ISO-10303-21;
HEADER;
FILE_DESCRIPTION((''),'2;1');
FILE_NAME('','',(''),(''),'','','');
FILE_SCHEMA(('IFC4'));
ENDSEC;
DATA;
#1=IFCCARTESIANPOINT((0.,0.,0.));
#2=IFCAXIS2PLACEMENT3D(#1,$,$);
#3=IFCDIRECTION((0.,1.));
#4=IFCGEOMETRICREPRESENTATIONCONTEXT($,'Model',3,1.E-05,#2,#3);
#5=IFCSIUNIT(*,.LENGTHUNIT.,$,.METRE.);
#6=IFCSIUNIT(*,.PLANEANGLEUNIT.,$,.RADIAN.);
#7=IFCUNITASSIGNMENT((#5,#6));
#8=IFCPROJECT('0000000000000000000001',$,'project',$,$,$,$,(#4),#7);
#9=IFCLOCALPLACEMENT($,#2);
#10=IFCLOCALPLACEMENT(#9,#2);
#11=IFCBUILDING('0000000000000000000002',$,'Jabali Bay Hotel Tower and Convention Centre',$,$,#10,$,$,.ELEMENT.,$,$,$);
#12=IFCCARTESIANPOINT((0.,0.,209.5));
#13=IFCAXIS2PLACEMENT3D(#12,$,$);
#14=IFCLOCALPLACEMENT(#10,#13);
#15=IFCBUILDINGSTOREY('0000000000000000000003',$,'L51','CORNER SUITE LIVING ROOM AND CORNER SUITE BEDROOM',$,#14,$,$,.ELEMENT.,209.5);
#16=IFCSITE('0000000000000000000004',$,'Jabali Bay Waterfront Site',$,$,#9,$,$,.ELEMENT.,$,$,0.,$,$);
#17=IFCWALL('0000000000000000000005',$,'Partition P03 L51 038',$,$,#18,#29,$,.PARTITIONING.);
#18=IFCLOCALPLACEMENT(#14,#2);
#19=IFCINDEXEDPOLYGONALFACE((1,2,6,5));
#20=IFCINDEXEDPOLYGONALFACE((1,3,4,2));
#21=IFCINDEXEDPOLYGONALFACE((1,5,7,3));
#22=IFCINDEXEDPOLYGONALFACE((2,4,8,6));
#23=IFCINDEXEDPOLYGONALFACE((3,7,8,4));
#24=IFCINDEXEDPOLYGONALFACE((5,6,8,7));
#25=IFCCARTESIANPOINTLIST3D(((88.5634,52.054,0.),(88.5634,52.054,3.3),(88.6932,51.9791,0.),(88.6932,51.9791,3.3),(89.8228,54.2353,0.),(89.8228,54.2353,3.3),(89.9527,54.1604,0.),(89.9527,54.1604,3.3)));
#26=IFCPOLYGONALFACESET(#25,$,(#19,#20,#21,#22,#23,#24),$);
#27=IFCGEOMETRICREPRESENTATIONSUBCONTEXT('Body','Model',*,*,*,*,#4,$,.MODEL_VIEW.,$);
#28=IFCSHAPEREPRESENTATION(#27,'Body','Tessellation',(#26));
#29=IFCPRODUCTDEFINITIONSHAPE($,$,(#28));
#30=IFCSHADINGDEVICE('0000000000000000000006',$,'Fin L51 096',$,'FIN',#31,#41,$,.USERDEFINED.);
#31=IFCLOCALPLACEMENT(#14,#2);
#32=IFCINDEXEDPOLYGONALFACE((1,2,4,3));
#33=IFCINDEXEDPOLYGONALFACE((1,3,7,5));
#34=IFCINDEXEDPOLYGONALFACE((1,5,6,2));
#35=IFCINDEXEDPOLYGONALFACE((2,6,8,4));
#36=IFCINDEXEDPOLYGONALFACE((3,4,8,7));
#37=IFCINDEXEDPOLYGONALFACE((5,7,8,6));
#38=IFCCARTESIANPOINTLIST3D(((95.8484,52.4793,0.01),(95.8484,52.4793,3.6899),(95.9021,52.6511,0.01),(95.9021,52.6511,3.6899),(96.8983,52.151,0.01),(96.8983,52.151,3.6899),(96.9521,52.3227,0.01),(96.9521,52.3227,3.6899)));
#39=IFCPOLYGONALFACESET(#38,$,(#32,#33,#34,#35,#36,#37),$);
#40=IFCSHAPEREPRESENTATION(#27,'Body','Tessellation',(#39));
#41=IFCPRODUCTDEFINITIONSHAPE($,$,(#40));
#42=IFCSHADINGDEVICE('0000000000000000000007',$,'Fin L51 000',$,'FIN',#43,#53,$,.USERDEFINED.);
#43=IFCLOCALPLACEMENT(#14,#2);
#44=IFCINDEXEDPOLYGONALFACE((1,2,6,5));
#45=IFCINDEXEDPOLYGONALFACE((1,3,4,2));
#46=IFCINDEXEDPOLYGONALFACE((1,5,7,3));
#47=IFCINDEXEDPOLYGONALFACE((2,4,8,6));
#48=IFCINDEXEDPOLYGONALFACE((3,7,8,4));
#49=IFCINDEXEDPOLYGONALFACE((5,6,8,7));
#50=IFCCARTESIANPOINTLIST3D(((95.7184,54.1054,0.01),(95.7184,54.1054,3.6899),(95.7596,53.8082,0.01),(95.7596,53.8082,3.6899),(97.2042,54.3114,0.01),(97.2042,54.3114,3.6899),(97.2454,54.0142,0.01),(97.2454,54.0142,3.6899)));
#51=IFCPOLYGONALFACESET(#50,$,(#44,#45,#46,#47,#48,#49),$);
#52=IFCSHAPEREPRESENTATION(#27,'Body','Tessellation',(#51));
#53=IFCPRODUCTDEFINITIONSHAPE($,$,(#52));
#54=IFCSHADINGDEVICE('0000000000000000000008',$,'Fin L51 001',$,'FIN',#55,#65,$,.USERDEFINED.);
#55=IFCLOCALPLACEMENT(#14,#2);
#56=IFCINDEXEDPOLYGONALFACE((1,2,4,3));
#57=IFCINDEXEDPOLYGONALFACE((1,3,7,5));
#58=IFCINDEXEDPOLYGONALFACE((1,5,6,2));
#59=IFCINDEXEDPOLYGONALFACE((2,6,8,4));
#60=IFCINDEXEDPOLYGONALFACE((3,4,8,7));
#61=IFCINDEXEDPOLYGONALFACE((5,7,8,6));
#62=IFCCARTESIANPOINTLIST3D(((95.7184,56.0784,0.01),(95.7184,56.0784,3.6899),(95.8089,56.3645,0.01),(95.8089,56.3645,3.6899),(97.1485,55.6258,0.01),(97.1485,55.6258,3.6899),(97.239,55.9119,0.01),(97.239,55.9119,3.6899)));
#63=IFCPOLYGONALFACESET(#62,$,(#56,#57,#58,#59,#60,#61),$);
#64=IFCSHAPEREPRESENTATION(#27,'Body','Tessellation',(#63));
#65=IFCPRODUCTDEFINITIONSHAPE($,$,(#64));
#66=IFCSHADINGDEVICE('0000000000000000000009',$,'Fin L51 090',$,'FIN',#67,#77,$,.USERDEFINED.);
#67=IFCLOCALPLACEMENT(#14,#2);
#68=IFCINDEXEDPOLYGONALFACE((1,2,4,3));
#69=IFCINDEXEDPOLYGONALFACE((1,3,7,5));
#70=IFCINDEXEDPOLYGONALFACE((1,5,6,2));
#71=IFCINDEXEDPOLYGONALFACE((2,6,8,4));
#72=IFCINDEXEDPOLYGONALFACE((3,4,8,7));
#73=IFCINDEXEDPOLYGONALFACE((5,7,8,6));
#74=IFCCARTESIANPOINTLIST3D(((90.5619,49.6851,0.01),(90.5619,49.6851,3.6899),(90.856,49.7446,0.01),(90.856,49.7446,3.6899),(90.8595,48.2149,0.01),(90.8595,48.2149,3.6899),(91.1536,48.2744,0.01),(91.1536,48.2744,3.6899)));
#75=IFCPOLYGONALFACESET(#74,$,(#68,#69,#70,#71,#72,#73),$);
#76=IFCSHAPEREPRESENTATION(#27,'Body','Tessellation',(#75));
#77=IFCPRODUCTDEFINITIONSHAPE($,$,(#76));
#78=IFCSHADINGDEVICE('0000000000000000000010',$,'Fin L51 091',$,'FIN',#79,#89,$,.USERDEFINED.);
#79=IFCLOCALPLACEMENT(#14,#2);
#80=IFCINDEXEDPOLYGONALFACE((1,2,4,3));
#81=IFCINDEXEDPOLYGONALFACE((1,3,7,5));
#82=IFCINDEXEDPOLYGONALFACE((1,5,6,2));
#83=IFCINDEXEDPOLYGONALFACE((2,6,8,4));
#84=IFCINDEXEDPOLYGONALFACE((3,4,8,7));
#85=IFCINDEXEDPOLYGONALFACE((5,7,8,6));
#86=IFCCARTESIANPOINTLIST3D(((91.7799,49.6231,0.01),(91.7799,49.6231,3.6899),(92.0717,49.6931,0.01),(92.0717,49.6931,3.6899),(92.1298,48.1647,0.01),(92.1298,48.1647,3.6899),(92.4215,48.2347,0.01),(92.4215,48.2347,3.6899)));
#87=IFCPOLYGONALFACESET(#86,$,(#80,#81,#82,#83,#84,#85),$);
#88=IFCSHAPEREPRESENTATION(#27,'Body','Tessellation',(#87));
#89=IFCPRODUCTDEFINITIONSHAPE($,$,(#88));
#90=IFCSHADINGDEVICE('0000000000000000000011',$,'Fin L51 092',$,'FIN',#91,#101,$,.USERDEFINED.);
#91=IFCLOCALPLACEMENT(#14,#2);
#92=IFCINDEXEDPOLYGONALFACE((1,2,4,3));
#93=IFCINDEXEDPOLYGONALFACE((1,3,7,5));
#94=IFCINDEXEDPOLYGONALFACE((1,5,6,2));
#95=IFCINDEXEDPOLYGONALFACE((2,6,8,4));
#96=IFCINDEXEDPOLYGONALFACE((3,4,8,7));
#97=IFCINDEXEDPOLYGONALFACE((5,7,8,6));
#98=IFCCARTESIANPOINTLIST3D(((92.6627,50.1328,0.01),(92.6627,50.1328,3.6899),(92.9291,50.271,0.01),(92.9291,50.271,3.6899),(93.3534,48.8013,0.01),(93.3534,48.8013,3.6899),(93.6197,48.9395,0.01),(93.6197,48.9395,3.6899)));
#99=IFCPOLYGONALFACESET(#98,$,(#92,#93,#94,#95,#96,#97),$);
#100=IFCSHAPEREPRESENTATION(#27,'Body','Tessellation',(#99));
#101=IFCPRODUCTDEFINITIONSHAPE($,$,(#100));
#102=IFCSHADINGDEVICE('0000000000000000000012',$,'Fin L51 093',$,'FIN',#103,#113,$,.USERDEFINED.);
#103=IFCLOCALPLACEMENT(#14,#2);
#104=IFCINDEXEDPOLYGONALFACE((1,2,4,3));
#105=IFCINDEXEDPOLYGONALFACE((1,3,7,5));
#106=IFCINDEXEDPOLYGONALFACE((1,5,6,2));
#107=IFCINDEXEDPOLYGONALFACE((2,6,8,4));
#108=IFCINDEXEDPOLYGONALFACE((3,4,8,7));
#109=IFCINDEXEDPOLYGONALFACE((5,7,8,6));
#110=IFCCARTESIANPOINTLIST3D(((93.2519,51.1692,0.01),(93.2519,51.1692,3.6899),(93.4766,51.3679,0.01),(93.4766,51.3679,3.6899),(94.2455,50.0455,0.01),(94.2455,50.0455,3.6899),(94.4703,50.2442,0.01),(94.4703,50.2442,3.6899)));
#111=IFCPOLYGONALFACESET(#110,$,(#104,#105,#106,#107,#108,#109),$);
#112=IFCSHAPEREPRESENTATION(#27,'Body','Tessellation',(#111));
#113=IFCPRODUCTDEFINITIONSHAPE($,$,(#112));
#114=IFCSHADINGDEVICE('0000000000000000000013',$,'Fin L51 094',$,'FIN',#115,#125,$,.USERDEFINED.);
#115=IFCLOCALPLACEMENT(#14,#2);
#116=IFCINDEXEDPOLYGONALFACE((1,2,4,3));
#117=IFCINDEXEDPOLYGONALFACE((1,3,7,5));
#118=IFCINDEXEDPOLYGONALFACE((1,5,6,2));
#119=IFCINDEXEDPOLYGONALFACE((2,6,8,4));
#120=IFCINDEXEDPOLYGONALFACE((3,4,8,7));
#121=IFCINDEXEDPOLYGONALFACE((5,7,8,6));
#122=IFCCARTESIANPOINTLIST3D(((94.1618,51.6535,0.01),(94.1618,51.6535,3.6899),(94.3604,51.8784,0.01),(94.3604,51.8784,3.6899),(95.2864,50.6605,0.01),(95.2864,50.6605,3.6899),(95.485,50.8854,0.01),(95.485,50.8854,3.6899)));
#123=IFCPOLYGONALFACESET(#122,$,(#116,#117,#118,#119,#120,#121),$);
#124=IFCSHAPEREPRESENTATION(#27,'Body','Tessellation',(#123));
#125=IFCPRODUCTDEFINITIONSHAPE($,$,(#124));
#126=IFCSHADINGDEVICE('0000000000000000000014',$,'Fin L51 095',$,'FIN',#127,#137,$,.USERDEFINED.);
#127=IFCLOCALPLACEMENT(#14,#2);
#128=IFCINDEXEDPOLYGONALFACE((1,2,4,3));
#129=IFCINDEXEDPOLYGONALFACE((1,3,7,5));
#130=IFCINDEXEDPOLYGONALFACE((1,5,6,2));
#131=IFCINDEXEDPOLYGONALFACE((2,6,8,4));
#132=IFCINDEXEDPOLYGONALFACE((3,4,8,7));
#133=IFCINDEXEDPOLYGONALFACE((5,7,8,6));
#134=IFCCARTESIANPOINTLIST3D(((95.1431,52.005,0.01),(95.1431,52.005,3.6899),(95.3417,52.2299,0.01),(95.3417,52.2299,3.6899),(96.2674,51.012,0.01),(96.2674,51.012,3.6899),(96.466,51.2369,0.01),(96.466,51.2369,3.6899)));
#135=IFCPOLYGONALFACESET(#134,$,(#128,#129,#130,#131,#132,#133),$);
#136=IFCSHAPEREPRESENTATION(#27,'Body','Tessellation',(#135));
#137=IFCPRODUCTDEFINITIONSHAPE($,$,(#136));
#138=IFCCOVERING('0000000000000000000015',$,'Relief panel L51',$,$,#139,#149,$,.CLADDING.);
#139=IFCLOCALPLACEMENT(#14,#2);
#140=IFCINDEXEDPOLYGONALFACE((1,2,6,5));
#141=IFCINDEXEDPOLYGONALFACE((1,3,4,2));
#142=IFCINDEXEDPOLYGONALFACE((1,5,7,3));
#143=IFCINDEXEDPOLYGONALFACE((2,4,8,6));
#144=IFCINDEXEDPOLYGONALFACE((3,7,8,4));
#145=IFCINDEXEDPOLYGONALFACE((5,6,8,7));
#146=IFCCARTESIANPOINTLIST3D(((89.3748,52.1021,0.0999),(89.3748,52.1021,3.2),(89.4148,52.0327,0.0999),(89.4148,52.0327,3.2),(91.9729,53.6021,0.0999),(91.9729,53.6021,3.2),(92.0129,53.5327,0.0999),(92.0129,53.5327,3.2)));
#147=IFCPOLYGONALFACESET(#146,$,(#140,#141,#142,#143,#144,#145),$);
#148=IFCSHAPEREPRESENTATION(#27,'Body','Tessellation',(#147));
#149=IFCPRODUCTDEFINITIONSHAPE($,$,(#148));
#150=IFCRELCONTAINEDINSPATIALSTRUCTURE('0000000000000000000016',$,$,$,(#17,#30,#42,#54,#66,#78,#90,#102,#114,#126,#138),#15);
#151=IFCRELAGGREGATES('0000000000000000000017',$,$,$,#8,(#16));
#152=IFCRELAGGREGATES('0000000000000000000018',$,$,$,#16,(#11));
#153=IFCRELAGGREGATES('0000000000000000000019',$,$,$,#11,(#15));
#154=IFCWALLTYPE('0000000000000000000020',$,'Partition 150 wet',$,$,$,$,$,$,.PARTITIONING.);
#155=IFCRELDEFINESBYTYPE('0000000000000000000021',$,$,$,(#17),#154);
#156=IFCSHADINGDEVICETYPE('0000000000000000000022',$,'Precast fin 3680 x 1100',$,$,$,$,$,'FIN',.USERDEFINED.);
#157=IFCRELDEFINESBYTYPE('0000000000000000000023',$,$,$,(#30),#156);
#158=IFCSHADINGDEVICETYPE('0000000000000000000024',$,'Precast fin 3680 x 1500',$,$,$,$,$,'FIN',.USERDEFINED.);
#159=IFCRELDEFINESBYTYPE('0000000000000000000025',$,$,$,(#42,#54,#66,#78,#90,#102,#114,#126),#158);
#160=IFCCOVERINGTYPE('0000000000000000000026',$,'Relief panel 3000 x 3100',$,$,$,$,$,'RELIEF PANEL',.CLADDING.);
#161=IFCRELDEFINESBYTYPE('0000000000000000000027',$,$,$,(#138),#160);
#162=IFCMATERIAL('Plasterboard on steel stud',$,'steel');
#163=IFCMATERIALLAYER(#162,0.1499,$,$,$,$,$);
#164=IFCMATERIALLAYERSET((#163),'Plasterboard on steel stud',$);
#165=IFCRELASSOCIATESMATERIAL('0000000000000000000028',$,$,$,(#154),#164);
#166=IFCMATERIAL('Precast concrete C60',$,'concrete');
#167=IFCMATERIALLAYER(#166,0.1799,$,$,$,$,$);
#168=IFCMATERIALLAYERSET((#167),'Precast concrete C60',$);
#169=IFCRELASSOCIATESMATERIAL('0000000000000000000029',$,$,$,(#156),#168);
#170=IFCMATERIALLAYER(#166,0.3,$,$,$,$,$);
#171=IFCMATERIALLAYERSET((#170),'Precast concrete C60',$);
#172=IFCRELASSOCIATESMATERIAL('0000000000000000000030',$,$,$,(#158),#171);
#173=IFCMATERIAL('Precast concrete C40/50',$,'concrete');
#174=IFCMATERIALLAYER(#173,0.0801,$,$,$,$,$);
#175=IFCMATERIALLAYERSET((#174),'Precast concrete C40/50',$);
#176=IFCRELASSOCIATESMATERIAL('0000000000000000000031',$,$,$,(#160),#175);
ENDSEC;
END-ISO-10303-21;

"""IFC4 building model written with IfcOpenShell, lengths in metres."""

from ifc_helpers import new_model, si_unit, direction, frame, frame_2d, origin, origin_2d, place, context, subcontext, project, spatial, rectangle, extrude, material, layer, layer_set, type_object, element, save


model = new_model("IFC4")

# Units and contexts
model_context = context("Model", 3, precision=1e-05, world=origin(), true_north=direction((0.0, 1.0)))
body_context = subcontext(model_context, "Body", "Model", "MODEL_VIEW")
ifc_project = project(units=[si_unit("LENGTHUNIT", "METRE"), si_unit("PLANEANGLEUNIT", "RADIAN")], contexts=[model_context])

# Site, building, storey
site_placement = place(None, origin())
site = spatial("IfcSite", under=ifc_project, at=site_placement, Name="Jabali Bay Waterfront Site", CompositionType="ELEMENT", RefElevation=0.0)
building_placement = place(site_placement, origin())
building = spatial("IfcBuilding", under=site, at=building_placement, Name="Jabali Bay Hotel Tower and Convention Centre", CompositionType="ELEMENT")
storey_placement = place(building_placement, frame((0.0, 0.0, 209.5)))
storey = spatial("IfcBuildingStorey", under=building, at=storey_placement, Name="L51", Description="CORNER SUITE LIVING ROOM AND CORNER SUITE BEDROOM", CompositionType="ELEMENT", Elevation=209.5)

# Shared definitions
ifc_material_1 = material(Name="Plasterboard on steel stud", Category="steel")
ifc_layer_1 = layer(ifc_material_1, 0.1499)
ifc_layer_set_1 = layer_set([ifc_layer_1], Name="Plasterboard on steel stud")
wall_type_1 = type_object("IfcWallType", Name="Partition 150 wet", PredefinedType="PARTITIONING", material=ifc_layer_set_1)

# Wall
wall_1_placement = place(storey_placement, frame((89.8877, 54.1978, 0.0), z_axis=(0.0, 0.0, 1.0), x_axis=(-0.500027, -0.86601, 0.0)))
element("IfcWall", 1, at=wall_1_placement, inside=storey, type_object=wall_type_1, Name="Partition P03 L51 038", PredefinedType="PARTITIONING", context=body_context, shape_type="SweptSolid", body=[
    extrude(rectangle(XDim=2.5188, YDim=0.1499, at=frame_2d((1.2593, 0.0))), origin(), (0.0, 0.0, 1.0), 3.3),
])

# Shading devices
ifc_material_2 = material(Name="Precast concrete C60", Category="concrete")
ifc_layer_2 = layer(ifc_material_2, 0.1799)
ifc_layer_set_2 = layer_set([ifc_layer_2], Name="Precast concrete C60")
shading_device_type_1 = type_object("IfcShadingDeviceType", Name="Precast fin 3680 x 1100", ElementType="FIN", PredefinedType="USERDEFINED", material=ifc_layer_set_2)
shading_device_1_placement = place(storey_placement, frame((95.8752, 52.5652, 0.01), z_axis=(0.0, 0.0, 1.0), x_axis=(0.954421, -0.298465, 0.0)))
element("IfcShadingDevice", 2, at=shading_device_1_placement, inside=storey, type_object=shading_device_type_1, Name="Fin L51 096", ObjectType="FIN", PredefinedType="USERDEFINED", context=body_context, shape_type="SweptSolid", body=[
    extrude(rectangle(XDim=1.1001, YDim=0.1799, at=frame_2d((0.55, 0.0))), origin(), (0.0, 0.0, 1.0), 3.6799),
])
ifc_layer_3 = layer(ifc_material_2, 0.3)
ifc_layer_set_3 = layer_set([ifc_layer_3], Name="Precast concrete C60")
shading_device_type_2 = type_object("IfcShadingDeviceType", Name="Precast fin 3680 x 1500", ElementType="FIN", PredefinedType="USERDEFINED", material=ifc_layer_set_3)
for number, where, z_axis, x_axis, name in (
    (3, (95.739, 53.9568, 0.01), (0.0, 0.0, 1.0), (0.990521, 0.137364, 0.0), "Fin L51 000"),
    (4, (95.7637, 56.2214, 0.01), (0.0, 0.0, 1.0), (0.953391, -0.301739, 0.0), "Fin L51 001"),
    (5, (90.709, 49.7148, 0.01), (0.0, 0.0, 1.0), (0.1984, -0.980121, 0.0), "Fin L51 090"),
):
    element("IfcShadingDevice", number, at=place(storey_placement, frame(where, z_axis=z_axis, x_axis=x_axis)), inside=storey, type_object=shading_device_type_2, Name=name, ObjectType="FIN", PredefinedType="USERDEFINED", context=body_context, shape_type="SweptSolid", body=[
        extrude(rectangle(XDim=1.5, YDim=0.3, at=frame_2d((0.75, 0.0))), origin(), (0.0, 0.0, 1.0), 3.6799),
    ])
shading_device_2_placement = place(storey_placement, frame((91.9258, 49.6582, 0.01), z_axis=(0.0, 0.0, 1.0), x_axis=(0.233256, -0.972415, 0.0)))
element("IfcShadingDevice", 6, at=shading_device_2_placement, inside=storey, type_object=shading_device_type_2, Name="Fin L51 091", ObjectType="FIN", PredefinedType="USERDEFINED", context=body_context, shape_type="SweptSolid", body=[
    extrude(rectangle(XDim=1.4998, YDim=0.3, at=frame_2d((0.75, 0.0))), origin(), (0.0, 0.0, 1.0), 3.6799),
])
for number, where, z_axis, x_axis, name in (
    (7, (92.7959, 50.2019, 0.01), (0.0, 0.0, 1.0), (0.460445, -0.887688, 0.0), "Fin L51 092"),
    (8, (93.3643, 51.2686, 0.01), (0.0, 0.0, 1.0), (0.662402, -0.749149, 0.0), "Fin L51 093"),
):
    element("IfcShadingDevice", number, at=place(storey_placement, frame(where, z_axis=z_axis, x_axis=x_axis)), inside=storey, type_object=shading_device_type_2, Name=name, ObjectType="FIN", PredefinedType="USERDEFINED", context=body_context, shape_type="SweptSolid", body=[
        extrude(rectangle(XDim=1.5, YDim=0.3, at=frame_2d((0.75, 0.0))), origin(), (0.0, 0.0, 1.0), 3.6799),
    ])
shading_device_3_placement = place(storey_placement, frame((94.2612, 51.7659, 0.01), z_axis=(0.0, 0.0, 1.0), x_axis=(0.749605, -0.661885, 0.0)))
element("IfcShadingDevice", 9, at=shading_device_3_placement, inside=storey, type_object=shading_device_type_2, Name="Fin L51 094", ObjectType="FIN", PredefinedType="USERDEFINED", context=body_context, shape_type="SweptSolid", body=[
    extrude(rectangle(XDim=1.5002, YDim=0.3, at=frame_2d((0.75, 0.0))), origin(), (0.0, 0.0, 1.0), 3.6799),
])
shading_device_4_placement = place(storey_placement, frame((95.2424, 52.1174, 0.01), z_axis=(0.0, 0.0, 1.0), x_axis=(0.749534, -0.661966, 0.0)))
element("IfcShadingDevice", 10, at=shading_device_4_placement, inside=storey, type_object=shading_device_type_2, Name="Fin L51 095", ObjectType="FIN", PredefinedType="USERDEFINED", context=body_context, shape_type="SweptSolid", body=[
    extrude(rectangle(XDim=1.5, YDim=0.3, at=frame_2d((0.75, 0.0))), origin(), (0.0, 0.0, 1.0), 3.6799),
])

# Covering
ifc_material_3 = material(Name="Precast concrete C40/50", Category="concrete")
ifc_layer_4 = layer(ifc_material_3, 0.0801)
ifc_layer_set_4 = layer_set([ifc_layer_4], Name="Precast concrete C40/50")
covering_type = type_object("IfcCoveringType", Name="Relief panel 3000 x 3100", ElementType="RELIEF PANEL", PredefinedType="CLADDING", material=ifc_layer_set_4)
covering_placement = place(storey_placement, frame((90.6938, 52.8174, 0.0999), z_axis=(0.0, 0.0, 1.0), x_axis=(-0.866025, -0.5, 0.0)))
element("IfcCovering", 11, at=covering_placement, inside=storey, type_object=covering_type, Name="Relief panel L51", PredefinedType="CLADDING", context=body_context, shape_type="SweptSolid", body=[
    extrude(rectangle(XDim=3.0, YDim=0.0801, at=origin_2d()), origin(), (0.0, 0.0, 1.0), 3.1001),
])

save(model, "model.ifc")
